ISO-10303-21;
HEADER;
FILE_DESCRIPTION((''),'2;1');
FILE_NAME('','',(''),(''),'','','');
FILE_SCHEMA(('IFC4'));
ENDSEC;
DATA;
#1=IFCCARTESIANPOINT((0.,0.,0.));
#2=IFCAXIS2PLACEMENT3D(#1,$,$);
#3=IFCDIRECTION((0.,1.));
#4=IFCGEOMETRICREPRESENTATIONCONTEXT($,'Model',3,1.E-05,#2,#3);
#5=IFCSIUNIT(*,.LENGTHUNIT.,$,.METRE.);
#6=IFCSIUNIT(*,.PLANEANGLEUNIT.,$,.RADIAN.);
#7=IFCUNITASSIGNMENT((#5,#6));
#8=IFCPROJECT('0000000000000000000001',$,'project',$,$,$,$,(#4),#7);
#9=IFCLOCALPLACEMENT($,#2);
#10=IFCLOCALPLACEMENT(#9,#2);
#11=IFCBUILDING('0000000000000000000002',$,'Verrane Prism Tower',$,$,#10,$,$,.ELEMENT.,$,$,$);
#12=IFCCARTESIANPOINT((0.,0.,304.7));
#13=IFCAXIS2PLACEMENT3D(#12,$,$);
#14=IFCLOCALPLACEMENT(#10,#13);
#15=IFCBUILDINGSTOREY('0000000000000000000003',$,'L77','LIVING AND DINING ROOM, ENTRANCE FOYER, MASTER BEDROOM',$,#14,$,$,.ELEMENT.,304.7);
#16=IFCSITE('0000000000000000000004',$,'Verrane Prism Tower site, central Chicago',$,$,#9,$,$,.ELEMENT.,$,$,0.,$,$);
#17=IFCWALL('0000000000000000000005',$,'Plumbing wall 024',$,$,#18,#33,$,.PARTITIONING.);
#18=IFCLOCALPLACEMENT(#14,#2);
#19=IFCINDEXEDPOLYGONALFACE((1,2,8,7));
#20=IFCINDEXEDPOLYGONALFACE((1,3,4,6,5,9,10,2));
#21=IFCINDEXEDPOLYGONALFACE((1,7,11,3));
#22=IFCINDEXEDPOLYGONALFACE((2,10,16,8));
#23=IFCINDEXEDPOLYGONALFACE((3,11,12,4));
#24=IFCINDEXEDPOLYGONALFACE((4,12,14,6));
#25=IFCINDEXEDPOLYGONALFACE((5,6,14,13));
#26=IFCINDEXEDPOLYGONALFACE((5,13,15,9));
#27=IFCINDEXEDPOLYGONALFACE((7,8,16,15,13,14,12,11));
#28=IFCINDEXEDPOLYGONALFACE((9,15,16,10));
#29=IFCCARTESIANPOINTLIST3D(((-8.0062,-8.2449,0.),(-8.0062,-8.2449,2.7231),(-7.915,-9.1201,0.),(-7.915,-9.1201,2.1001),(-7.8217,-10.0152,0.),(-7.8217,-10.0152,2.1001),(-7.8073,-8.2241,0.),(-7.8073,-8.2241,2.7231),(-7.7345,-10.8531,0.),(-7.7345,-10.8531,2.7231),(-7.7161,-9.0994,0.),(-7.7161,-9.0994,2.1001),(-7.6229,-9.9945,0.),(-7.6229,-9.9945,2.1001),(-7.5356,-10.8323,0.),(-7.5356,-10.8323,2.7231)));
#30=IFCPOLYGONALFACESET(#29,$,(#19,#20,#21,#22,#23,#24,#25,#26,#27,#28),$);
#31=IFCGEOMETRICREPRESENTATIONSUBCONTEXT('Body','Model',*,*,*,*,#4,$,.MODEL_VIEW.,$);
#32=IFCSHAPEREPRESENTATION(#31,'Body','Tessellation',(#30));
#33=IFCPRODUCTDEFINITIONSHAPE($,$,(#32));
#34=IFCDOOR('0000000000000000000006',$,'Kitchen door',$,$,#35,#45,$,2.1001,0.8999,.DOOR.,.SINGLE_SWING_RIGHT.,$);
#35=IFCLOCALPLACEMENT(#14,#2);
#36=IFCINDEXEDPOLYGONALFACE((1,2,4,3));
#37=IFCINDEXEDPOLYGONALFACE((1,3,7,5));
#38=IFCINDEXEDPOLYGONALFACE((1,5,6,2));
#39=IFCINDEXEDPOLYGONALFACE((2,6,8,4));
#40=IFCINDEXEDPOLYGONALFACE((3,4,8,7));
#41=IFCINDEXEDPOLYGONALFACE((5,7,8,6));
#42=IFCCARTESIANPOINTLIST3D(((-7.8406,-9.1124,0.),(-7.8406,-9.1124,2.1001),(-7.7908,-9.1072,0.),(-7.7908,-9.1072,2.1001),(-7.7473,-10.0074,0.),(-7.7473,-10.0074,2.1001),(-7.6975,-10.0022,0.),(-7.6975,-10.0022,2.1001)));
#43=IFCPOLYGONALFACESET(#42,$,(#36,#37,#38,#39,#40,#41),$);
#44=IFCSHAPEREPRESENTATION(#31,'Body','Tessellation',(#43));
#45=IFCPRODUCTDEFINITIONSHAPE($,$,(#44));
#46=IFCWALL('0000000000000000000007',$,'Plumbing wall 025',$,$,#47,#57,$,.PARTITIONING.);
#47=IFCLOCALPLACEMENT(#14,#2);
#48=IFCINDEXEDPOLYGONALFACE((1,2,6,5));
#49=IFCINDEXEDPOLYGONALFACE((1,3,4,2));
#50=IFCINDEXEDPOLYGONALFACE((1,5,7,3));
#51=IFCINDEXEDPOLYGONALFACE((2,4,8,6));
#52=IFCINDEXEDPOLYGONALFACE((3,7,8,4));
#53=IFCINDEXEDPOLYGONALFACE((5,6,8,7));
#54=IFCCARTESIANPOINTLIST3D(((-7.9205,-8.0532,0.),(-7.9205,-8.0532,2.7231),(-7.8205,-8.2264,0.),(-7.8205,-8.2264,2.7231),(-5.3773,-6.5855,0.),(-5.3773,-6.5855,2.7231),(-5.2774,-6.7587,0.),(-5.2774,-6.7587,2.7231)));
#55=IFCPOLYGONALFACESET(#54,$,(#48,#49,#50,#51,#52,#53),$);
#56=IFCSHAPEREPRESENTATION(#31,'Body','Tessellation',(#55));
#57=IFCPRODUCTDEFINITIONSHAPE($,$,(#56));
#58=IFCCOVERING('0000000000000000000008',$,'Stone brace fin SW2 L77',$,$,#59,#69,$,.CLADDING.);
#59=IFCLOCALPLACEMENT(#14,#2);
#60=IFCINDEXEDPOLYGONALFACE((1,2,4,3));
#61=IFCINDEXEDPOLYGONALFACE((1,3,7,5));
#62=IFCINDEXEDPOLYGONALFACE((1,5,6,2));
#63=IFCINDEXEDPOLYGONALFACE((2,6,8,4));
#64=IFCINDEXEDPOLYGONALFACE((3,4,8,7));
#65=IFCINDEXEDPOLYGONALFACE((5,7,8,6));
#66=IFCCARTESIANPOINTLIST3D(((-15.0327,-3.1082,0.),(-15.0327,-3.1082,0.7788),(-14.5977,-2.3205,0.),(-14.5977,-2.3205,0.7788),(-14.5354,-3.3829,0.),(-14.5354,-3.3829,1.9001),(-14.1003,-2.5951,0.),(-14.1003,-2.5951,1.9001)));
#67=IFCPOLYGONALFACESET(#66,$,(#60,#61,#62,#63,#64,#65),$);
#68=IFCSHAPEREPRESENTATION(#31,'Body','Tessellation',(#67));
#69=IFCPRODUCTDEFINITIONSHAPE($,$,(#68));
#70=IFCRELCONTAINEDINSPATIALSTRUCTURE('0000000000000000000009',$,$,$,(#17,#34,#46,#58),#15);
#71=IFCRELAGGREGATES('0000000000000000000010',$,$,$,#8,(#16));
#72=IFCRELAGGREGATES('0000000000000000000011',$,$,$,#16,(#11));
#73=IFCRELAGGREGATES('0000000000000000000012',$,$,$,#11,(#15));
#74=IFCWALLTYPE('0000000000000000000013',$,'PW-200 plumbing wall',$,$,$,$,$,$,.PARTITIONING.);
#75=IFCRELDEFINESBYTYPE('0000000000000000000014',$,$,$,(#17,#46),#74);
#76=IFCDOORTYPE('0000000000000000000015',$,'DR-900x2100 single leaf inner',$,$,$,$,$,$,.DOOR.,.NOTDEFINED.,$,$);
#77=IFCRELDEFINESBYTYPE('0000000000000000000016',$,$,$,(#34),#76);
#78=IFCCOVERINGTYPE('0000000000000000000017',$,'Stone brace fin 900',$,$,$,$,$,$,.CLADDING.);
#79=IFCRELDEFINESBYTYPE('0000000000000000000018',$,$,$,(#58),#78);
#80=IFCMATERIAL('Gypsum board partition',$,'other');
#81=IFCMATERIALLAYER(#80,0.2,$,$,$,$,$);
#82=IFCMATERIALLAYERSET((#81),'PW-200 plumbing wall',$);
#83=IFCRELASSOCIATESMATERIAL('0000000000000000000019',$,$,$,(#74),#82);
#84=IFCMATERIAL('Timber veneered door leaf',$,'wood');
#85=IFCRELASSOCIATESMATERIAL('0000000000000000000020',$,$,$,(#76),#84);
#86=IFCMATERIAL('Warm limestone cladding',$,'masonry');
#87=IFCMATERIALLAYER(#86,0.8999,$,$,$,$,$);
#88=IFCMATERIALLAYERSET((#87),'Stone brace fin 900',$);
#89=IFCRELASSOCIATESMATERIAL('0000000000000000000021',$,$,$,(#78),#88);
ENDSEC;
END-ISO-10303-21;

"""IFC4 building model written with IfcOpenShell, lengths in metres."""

from ifc_helpers import new_model, si_unit, direction, frame, frame_2d, origin, place, context, subcontext, project, spatial, polyline, rectangle, outline, extrude, material, layer, layer_set, type_object, element, fill, save


model = new_model("IFC4")

# Units and contexts
model_context = context("Model", 3, precision=1e-05, world=origin(), true_north=direction((0.0, 1.0)))
body_context = subcontext(model_context, "Body", "Model", "MODEL_VIEW")
ifc_project = project(units=[si_unit("LENGTHUNIT", "METRE"), si_unit("PLANEANGLEUNIT", "RADIAN")], contexts=[model_context])

# Site, building, storey
site_placement = place(None, origin())
site = spatial("IfcSite", under=ifc_project, at=site_placement, Name="Verrane Prism Tower site, central Chicago", CompositionType="ELEMENT", RefElevation=0.0)
building_placement = place(site_placement, origin())
building = spatial("IfcBuilding", under=site, at=building_placement, Name="Verrane Prism Tower", CompositionType="ELEMENT")
storey_placement = place(building_placement, frame((0.0, 0.0, 304.7)))
storey = spatial("IfcBuildingStorey", under=building, at=storey_placement, Name="L77", Description="LIVING AND DINING ROOM, ENTRANCE FOYER, MASTER BEDROOM", CompositionType="ELEMENT", Elevation=304.7)

# Shared definitions
ifc_material_1 = material(Name="Gypsum board partition", Category="other")
ifc_layer_1 = layer(ifc_material_1, 0.2)
ifc_layer_set_1 = layer_set([ifc_layer_1], Name="PW-200 plumbing wall")
wall_type_1 = type_object("IfcWallType", Name="PW-200 plumbing wall", PredefinedType="PARTITIONING", material=ifc_layer_set_1)
ifc_material_2 = material(Name="Timber veneered door leaf", Category="wood")
door_type_1 = type_object("IfcDoorType", Name="DR-900x2100 single leaf inner", OperationType="NOTDEFINED", PredefinedType="DOOR", material=ifc_material_2)

# Wall, opening, door
wall_1_placement = place(storey_placement, frame((-7.9067, -8.2346, 0.0), z_axis=(0.0, 0.0, 1.0), x_axis=(0.103623, -0.994617, 0.0)))
wall_1 = element("IfcWall", 1, at=wall_1_placement, inside=storey, type_object=wall_type_1, Name="Plumbing wall 024", PredefinedType="PARTITIONING", context=body_context, shape_type="SweptSolid", body=[
    extrude(rectangle(XDim=2.6223, YDim=0.2, at=frame_2d((1.311, 0.0))), origin(), (0.0, 0.0, 1.0), 2.7231),
])
opening_1_placement = place(wall_1_placement, frame((0.8799, 0.0, 0.0)))
opening_1 = element("IfcOpeningElement", 2, at=opening_1_placement, cuts=wall_1, PredefinedType="OPENING", context=body_context, shape_type="SweptSolid", body=[
    extrude(rectangle(XDim=0.8999, YDim=2.1001, at=frame_2d((0.45, 1.05))), frame((0.0, 0.1099, 0.0), z_axis=(0.0, -1.0, 0.0), x_axis=(1.0, 0.0, 0.0)), (0.0, 0.0, 1.0), 0.22),
])
door_1_placement = place(opening_1_placement, origin())
door_1 = element("IfcDoor", 3, at=door_1_placement, inside=storey, type_object=door_type_1, Name="Kitchen door", OperationType="SINGLE_SWING_RIGHT", OverallHeight=2.1001, OverallWidth=0.8999, PredefinedType="DOOR", context=body_context, shape_type="SweptSolid", body=[
    extrude(rectangle(XDim=0.8999, YDim=2.1001, at=frame_2d((0.45, 1.05))), frame((0.0, 0.0249, 0.0), z_axis=(0.0, -1.0, 0.0), x_axis=(1.0, 0.0, 0.0)), (0.0, 0.0, 1.0), 0.05),
])
fill(opening_1, door_1)

# Wall
wall_2_placement = place(storey_placement, frame((-7.8706, -8.1399, 0.0), z_axis=(0.0, 0.0, 1.0), x_axis=(0.866107, 0.499859, 0.0)))
element("IfcWall", 4, at=wall_2_placement, inside=storey, type_object=wall_type_1, Name="Plumbing wall 025", PredefinedType="PARTITIONING", context=body_context, shape_type="SweptSolid", body=[
    extrude(rectangle(XDim=2.9363, YDim=0.2, at=frame_2d((1.4683, 0.0))), origin(), (0.0, 0.0, 1.0), 2.7231),
])

# Covering
ifc_material_3 = material(Name="Warm limestone cladding", Category="masonry")
ifc_layer_2 = layer(ifc_material_3, 0.8999)
ifc_layer_set_2 = layer_set([ifc_layer_2], Name="Stone brace fin 900")
covering_type = type_object("IfcCoveringType", Name="Stone brace fin 900", PredefinedType="CLADDING", material=ifc_layer_set_2)
covering_placement = place(storey_placement, frame((-14.8152, -2.7144, 0.0), z_axis=(0.0, 0.0, 1.0), x_axis=(0.875371, -0.483452, 0.0)))
element("IfcCovering", 5, at=covering_placement, inside=storey, type_object=covering_type, Name="Stone brace fin SW2 L77", PredefinedType="CLADDING", context=body_context, shape_type="SweptSolid", body=[
    extrude(outline(polyline([(0.0, 0.0), (0.5681, 0.0), (0.5681, 1.9001), (0.0, 0.7788), (0.0, 0.0)])), frame((0.0, 0.45, 0.0), z_axis=(0.0, -1.0, 0.0), x_axis=(1.0, 0.0, 0.0)), (0.0, 0.0, 1.0), 0.8999),
])

save(model, "model.ifc")
